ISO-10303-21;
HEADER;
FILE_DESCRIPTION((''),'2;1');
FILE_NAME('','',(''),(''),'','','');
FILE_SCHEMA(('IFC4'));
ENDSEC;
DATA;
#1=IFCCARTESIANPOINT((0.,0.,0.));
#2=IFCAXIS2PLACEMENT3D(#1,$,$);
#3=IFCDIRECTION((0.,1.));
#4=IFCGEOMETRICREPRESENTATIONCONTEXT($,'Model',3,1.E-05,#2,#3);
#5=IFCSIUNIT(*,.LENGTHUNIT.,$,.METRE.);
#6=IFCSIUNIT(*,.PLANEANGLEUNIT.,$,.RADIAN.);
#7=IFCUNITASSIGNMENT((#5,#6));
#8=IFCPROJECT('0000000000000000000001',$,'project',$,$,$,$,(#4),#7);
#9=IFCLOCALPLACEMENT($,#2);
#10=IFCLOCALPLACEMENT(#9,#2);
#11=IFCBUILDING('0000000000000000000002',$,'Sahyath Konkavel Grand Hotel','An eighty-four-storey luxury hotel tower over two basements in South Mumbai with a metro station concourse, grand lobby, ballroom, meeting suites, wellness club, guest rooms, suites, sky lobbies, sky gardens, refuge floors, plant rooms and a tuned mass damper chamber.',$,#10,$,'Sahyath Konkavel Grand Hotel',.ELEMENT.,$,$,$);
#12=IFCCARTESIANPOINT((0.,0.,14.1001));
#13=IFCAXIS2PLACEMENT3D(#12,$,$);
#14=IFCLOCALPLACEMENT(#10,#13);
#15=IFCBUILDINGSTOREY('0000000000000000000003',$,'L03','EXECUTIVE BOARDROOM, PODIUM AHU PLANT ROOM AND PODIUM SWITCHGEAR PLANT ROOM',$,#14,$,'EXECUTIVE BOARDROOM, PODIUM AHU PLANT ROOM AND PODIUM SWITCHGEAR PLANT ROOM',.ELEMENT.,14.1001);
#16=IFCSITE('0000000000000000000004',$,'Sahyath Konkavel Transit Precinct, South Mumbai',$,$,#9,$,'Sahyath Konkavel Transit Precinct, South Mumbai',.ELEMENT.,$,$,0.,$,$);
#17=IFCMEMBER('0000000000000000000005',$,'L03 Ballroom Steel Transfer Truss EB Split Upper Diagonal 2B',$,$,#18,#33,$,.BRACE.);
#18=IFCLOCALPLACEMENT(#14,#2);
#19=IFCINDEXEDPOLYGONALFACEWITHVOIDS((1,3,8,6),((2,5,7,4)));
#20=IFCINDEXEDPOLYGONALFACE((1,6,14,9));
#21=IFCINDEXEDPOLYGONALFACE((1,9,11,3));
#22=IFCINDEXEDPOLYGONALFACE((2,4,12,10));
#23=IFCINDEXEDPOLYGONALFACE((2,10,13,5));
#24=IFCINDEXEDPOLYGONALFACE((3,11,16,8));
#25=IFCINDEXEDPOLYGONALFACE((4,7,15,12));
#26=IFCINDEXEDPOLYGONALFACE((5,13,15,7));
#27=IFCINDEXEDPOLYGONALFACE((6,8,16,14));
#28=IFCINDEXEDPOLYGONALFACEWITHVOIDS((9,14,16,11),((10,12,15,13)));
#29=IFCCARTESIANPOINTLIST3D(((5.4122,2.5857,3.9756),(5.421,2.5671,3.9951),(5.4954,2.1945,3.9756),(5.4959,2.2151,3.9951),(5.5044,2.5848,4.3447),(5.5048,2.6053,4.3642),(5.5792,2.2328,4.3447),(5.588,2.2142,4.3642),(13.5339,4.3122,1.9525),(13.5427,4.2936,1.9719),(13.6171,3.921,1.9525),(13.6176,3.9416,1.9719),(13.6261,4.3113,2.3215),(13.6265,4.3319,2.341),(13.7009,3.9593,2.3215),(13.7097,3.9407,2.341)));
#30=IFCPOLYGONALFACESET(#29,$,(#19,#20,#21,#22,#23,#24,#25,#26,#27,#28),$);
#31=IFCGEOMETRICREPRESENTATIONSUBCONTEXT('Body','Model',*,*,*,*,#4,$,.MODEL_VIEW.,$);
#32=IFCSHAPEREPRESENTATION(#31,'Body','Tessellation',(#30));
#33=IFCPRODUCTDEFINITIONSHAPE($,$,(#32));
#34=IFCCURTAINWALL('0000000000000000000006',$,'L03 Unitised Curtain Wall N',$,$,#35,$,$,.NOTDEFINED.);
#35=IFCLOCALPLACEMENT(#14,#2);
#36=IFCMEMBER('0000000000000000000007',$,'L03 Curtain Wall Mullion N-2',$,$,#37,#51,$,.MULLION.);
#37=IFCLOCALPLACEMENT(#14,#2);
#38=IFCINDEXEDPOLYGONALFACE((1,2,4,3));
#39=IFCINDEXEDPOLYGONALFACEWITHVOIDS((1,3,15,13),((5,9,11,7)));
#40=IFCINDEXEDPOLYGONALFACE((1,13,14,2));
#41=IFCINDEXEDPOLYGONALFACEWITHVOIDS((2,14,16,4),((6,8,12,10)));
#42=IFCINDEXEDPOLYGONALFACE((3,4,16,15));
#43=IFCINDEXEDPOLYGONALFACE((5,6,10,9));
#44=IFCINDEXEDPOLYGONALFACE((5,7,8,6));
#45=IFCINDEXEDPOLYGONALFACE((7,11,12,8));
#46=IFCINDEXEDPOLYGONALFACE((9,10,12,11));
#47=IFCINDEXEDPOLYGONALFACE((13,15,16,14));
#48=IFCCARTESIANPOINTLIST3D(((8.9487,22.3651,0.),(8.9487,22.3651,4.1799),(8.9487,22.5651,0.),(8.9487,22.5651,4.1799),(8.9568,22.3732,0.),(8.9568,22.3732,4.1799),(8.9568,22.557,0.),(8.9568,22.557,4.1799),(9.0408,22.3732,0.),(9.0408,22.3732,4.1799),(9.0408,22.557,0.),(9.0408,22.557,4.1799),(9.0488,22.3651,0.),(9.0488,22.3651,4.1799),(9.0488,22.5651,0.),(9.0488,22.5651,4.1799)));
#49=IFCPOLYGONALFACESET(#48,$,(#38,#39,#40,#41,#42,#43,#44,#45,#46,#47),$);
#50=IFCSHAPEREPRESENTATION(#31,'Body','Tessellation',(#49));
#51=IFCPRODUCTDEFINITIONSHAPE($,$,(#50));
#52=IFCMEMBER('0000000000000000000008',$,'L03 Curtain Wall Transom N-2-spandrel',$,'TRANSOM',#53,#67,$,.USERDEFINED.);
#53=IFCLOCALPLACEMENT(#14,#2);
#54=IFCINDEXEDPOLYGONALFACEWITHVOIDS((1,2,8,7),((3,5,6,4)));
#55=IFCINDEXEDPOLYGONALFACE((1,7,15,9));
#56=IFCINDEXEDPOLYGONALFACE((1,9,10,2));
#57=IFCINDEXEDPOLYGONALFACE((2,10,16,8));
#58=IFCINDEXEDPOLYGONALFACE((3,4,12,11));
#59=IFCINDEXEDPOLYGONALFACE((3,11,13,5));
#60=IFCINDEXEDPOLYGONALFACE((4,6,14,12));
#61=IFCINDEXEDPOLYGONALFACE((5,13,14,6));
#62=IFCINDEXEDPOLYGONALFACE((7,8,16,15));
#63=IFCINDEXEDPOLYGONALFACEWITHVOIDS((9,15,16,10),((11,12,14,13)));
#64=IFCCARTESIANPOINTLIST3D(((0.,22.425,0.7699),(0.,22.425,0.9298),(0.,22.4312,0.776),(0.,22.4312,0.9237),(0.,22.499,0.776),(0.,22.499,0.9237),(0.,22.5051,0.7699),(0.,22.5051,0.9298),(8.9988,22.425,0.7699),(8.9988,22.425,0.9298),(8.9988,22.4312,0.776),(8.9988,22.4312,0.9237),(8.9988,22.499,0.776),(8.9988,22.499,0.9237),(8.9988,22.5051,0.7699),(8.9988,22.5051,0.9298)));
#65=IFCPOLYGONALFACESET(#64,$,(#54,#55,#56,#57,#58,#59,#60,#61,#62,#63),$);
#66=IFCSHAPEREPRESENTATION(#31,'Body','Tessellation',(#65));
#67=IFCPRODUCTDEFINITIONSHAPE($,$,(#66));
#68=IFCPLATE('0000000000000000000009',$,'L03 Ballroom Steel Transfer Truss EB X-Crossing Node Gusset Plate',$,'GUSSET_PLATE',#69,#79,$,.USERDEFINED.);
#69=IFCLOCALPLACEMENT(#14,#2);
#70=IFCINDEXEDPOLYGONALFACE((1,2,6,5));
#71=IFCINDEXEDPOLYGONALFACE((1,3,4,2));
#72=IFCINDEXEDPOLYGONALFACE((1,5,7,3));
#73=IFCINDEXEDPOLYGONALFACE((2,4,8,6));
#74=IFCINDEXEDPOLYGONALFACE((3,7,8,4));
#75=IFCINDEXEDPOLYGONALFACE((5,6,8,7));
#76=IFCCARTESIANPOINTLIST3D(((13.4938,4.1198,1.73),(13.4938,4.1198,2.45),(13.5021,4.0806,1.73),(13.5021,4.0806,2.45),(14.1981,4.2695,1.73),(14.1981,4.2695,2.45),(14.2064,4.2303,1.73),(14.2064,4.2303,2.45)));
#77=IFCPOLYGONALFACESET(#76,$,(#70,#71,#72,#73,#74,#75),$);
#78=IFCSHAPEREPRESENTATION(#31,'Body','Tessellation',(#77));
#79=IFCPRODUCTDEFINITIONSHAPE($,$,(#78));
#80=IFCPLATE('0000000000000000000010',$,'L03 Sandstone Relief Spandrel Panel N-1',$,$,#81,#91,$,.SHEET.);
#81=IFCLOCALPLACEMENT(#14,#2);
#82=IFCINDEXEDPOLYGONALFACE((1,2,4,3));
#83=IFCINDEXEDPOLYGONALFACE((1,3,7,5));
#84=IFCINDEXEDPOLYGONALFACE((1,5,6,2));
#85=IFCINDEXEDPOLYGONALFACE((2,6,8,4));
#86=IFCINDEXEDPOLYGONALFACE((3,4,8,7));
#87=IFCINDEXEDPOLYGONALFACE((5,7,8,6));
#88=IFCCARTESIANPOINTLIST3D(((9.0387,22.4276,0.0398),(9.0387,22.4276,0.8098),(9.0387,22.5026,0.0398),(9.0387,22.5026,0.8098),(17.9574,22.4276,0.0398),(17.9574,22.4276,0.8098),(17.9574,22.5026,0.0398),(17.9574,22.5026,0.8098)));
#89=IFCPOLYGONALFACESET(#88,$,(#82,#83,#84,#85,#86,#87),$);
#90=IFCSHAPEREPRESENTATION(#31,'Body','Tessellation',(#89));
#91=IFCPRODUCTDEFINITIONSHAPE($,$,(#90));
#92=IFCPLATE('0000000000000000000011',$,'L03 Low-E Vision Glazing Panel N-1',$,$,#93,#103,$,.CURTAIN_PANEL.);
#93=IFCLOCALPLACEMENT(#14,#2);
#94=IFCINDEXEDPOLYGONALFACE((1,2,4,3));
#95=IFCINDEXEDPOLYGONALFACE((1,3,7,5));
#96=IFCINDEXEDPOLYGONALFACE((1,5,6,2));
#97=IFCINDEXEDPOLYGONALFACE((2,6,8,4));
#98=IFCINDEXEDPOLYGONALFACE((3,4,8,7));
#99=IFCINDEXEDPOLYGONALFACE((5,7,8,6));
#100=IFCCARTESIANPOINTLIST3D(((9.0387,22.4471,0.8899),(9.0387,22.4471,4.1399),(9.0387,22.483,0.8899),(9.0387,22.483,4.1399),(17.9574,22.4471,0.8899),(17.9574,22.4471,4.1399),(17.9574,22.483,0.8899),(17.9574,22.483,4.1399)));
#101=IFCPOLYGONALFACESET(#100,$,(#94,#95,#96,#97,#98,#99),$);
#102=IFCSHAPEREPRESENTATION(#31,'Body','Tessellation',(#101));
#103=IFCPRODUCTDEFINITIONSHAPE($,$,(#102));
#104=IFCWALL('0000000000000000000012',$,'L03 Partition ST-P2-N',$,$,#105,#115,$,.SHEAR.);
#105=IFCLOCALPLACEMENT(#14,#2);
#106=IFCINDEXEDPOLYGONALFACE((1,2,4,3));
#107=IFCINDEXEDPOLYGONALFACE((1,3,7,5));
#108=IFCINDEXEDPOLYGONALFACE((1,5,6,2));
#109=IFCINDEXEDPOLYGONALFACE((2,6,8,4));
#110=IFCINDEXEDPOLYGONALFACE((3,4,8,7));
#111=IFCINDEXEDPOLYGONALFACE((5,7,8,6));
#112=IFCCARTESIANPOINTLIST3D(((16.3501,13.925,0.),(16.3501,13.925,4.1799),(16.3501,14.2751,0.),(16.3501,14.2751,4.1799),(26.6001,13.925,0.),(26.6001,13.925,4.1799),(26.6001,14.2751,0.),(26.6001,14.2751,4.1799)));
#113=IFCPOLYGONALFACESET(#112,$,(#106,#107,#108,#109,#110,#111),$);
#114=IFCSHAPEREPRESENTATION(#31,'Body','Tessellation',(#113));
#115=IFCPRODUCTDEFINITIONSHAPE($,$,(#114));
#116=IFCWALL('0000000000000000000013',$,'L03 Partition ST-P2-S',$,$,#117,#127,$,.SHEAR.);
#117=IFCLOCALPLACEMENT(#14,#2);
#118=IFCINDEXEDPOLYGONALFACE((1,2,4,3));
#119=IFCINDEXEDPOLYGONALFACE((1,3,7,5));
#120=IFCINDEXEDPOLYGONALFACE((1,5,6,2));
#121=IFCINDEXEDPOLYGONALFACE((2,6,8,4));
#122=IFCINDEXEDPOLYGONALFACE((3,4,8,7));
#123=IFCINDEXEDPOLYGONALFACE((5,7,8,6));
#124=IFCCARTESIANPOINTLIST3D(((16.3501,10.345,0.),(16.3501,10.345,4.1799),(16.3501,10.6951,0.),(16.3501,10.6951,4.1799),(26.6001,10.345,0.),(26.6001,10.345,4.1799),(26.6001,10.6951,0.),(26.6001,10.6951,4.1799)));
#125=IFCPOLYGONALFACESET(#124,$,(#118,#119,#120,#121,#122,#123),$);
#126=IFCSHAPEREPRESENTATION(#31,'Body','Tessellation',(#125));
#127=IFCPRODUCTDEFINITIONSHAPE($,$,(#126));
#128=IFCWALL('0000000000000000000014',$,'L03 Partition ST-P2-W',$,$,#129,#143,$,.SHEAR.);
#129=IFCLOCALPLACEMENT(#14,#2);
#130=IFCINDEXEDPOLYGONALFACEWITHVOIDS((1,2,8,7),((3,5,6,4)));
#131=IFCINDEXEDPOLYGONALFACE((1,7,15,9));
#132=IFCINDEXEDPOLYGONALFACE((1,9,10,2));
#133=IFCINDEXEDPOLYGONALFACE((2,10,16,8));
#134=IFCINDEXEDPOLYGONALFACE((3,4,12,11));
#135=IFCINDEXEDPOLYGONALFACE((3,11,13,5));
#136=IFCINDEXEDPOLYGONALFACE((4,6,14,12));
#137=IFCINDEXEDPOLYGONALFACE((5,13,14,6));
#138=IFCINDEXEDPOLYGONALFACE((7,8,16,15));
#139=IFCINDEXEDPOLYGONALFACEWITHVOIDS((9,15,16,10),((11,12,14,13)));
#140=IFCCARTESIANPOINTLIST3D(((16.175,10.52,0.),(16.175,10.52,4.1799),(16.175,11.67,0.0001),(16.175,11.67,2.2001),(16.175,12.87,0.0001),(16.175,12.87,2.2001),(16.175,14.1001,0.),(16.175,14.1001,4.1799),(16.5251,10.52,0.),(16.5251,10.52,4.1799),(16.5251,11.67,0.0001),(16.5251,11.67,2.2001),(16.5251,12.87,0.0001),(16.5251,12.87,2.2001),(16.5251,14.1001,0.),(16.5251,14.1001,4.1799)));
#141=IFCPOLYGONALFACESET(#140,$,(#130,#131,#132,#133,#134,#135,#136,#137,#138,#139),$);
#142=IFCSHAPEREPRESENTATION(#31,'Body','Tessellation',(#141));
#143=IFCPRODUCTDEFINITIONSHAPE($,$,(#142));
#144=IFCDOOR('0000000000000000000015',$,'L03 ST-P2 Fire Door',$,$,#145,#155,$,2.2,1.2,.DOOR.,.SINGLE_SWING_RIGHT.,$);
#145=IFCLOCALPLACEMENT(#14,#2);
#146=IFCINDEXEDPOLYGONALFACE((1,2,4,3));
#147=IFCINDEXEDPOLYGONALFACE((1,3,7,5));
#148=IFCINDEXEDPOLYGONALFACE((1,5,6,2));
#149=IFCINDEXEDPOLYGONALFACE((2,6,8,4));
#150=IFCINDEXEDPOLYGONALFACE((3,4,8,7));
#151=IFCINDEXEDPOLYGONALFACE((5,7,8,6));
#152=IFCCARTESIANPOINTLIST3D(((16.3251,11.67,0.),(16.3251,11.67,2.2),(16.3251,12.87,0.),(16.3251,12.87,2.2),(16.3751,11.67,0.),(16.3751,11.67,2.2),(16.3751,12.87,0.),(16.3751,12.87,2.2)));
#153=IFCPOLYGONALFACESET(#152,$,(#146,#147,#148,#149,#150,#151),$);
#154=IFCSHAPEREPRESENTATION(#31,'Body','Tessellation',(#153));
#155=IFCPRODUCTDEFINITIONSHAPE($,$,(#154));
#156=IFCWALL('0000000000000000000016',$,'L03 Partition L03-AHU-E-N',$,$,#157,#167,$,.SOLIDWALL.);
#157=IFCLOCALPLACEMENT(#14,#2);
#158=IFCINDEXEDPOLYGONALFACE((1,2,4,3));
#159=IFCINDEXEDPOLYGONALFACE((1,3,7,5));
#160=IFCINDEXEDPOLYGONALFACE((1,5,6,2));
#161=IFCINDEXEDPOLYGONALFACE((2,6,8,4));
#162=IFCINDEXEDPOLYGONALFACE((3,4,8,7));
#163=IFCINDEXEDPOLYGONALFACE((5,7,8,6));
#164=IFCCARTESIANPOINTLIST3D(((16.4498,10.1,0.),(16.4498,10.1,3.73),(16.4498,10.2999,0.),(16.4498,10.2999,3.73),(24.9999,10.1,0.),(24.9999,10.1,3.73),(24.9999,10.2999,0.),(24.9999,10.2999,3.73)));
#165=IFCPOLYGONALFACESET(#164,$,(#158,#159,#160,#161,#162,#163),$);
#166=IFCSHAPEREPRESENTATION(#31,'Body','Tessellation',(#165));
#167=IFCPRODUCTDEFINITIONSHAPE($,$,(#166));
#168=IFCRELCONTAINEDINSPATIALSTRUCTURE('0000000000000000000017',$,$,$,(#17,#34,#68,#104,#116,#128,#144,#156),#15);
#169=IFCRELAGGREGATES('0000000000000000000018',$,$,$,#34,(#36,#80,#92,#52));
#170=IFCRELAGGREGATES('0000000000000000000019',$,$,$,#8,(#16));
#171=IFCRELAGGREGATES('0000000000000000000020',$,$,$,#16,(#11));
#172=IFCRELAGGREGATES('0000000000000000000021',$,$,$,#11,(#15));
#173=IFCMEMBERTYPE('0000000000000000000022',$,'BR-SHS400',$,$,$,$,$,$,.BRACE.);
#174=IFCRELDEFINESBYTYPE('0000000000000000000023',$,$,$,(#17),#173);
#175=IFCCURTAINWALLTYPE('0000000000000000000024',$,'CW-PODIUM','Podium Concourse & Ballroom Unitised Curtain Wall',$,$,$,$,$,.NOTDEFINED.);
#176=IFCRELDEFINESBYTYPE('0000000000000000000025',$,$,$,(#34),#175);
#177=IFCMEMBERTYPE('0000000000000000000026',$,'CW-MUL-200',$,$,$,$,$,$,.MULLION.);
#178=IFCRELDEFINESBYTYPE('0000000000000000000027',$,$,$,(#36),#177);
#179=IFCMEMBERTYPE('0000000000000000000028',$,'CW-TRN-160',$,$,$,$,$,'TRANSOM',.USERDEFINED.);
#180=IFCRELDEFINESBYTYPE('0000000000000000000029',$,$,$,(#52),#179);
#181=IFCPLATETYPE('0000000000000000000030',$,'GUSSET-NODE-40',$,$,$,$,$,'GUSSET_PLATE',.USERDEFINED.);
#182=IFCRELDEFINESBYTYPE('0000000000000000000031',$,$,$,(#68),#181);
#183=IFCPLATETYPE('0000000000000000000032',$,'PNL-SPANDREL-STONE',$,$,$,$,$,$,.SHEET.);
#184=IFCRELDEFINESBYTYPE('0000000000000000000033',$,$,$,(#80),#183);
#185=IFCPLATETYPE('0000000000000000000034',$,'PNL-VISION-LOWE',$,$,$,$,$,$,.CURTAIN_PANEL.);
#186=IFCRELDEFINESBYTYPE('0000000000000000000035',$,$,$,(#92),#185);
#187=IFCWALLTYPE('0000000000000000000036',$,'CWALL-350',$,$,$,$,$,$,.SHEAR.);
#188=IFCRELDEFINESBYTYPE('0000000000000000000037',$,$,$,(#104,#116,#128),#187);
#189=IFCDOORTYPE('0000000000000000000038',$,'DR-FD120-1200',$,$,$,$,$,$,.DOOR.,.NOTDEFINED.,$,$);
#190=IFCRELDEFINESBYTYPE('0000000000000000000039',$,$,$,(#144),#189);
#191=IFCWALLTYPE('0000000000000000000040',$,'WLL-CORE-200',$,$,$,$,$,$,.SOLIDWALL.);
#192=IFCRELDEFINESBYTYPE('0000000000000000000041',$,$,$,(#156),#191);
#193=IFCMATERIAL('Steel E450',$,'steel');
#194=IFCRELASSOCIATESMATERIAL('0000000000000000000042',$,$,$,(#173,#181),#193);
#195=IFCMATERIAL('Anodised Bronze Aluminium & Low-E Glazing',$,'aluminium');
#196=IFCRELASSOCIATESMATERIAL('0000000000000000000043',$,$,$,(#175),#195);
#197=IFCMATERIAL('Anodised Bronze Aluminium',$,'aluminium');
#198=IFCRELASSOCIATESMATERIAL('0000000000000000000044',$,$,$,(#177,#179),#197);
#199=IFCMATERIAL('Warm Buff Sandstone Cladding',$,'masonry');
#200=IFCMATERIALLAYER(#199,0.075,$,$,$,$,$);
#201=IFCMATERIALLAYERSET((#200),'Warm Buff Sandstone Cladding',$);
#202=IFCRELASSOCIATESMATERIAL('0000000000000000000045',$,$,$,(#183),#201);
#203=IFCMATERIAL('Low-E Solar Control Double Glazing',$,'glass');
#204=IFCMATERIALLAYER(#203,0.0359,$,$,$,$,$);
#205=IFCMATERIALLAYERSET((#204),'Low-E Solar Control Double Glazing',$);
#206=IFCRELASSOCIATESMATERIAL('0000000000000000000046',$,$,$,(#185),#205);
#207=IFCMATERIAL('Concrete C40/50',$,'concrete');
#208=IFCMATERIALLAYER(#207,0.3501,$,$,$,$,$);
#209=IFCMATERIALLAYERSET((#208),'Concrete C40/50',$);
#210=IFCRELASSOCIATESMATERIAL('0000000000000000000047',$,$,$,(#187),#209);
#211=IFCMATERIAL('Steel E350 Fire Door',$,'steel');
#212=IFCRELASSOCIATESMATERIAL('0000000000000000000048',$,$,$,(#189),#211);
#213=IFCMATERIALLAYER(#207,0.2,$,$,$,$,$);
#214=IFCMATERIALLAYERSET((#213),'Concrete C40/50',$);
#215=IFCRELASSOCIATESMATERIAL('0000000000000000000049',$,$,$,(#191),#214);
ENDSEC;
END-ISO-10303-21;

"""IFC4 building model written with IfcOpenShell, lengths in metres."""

from ifc_helpers import new_model, si_unit, direction, frame, frame_2d, origin, origin_2d, place, context, subcontext, project, spatial, rectangle, hollow_rectangle, extrude, source, transform, mapped, material, layer, layer_set, material_profile, profile_set, type_object, element, fill, aggregate, save


model = new_model("IFC4")

# Units and contexts
model_context = context("Model", 3, precision=1e-05, world=origin(), true_north=direction((0.0, 1.0)))
body_context = subcontext(model_context, "Body", "Model", "MODEL_VIEW")
ifc_project = project(units=[si_unit("LENGTHUNIT", "METRE"), si_unit("PLANEANGLEUNIT", "RADIAN")], contexts=[model_context])

# Site, building, storey
site_placement = place(None, origin())
site = spatial("IfcSite", under=ifc_project, at=site_placement, Name="Sahyath Konkavel Transit Precinct, South Mumbai", LongName="Sahyath Konkavel Transit Precinct, South Mumbai", CompositionType="ELEMENT", RefElevation=0.0)
building_placement = place(site_placement, origin())
building = spatial("IfcBuilding", under=site, at=building_placement, Name="Sahyath Konkavel Grand Hotel", Description="An eighty-four-storey luxury hotel tower over two basements in South Mumbai with a metro station concourse, grand lobby, ballroom, meeting suites, wellness club, guest rooms, suites, sky lobbies, sky gardens, refuge floors, plant rooms and a tuned mass damper chamber.", LongName="Sahyath Konkavel Grand Hotel", CompositionType="ELEMENT")
storey_placement = place(building_placement, frame((0.0, 0.0, 14.1001)))
storey = spatial("IfcBuildingStorey", under=building, at=storey_placement, Name="L03", Description="EXECUTIVE BOARDROOM, PODIUM AHU PLANT ROOM AND PODIUM SWITCHGEAR PLANT ROOM", LongName="EXECUTIVE BOARDROOM, PODIUM AHU PLANT ROOM AND PODIUM SWITCHGEAR PLANT ROOM", CompositionType="ELEMENT", Elevation=14.1001)

# Member
ifc_material_1 = material(Name="Steel E450", Category="steel")
ifc_material_profile_1 = material_profile(ifc_material_1, hollow_rectangle(XDim=0.3999, YDim=0.3999, WallThickness=0.02, at=origin_2d()), Name="SHS 400x400x20")
ifc_profile_set_1 = profile_set([ifc_material_profile_1], Name="Steel E450")
member_type_1 = type_object("IfcMemberType", Name="BR-SHS400", PredefinedType="BRACE", material=ifc_profile_set_1)
shared_shape_1 = source(origin(), body_context, "Body", "SweptSolid", [
    extrude(hollow_rectangle(XDim=0.3999, YDim=0.3999, WallThickness=0.02, at=origin_2d()), origin(), (0.0, 0.0, 1.0), 8.5461),
])
member_1_placement = place(storey_placement, frame((13.6218, 4.1265, 2.1467), z_axis=(-0.950338, -0.202026, 0.236735), x_axis=(0.207936, -0.978142, 0.0)))
element("IfcMember", 1, at=member_1_placement, inside=storey, type_object=member_type_1, Name="L03 Ballroom Steel Transfer Truss EB Split Upper Diagonal 2B", PredefinedType="BRACE", context=body_context, shape_type="MappedRepresentation", body=[
    mapped(shared_shape_1, transform((0.0, 0.0, 0.0), scale=1.0)),
])

# Curtain wall, members
ifc_material_2 = material(Name="Anodised Bronze Aluminium & Low-E Glazing", Category="aluminium")
curtain_wall_type = type_object("IfcCurtainWallType", Name="CW-PODIUM", Description="Podium Concourse & Ballroom Unitised Curtain Wall", PredefinedType="NOTDEFINED", material=ifc_material_2)
curtain_wall_placement = place(storey_placement, origin())
curtain_wall = element("IfcCurtainWall", 2, at=curtain_wall_placement, inside=storey, type_object=curtain_wall_type, Name="L03 Unitised Curtain Wall N", PredefinedType="NOTDEFINED")
ifc_material_3 = material(Name="Anodised Bronze Aluminium", Category="aluminium")
ifc_material_profile_2 = material_profile(ifc_material_3, hollow_rectangle(XDim=0.1001, YDim=0.2, WallThickness=0.0081, at=origin_2d()), Name="RHS 200x100x8")
ifc_profile_set_2 = profile_set([ifc_material_profile_2], Name="Anodised Bronze Aluminium")
member_type_2 = type_object("IfcMemberType", Name="CW-MUL-200", PredefinedType="MULLION", material=ifc_profile_set_2)
shared_shape_2 = source(origin(), body_context, "Body", "SweptSolid", [
    extrude(hollow_rectangle(XDim=0.1001, YDim=0.2, WallThickness=0.0081, at=origin_2d()), origin(), (0.0, 0.0, 1.0), 4.1799),
])
member_2_placement = place(storey_placement, frame((8.9988, 22.4651, 0.0), z_axis=(0.0, 0.0, 1.0), x_axis=(1.0, 0.0, 0.0)))
member_2 = element("IfcMember", 3, at=member_2_placement, type_object=member_type_2, Name="L03 Curtain Wall Mullion N-2", PredefinedType="MULLION", context=body_context, shape_type="MappedRepresentation", body=[
    mapped(shared_shape_2, transform((0.0, 0.0, 0.0), scale=1.0)),
])
ifc_material_profile_3 = material_profile(ifc_material_3, hollow_rectangle(XDim=0.0801, YDim=0.1599, WallThickness=0.0061, at=origin_2d()), Name="RHS 160x80x6")
ifc_profile_set_3 = profile_set([ifc_material_profile_3], Name="Anodised Bronze Aluminium")
member_type_3 = type_object("IfcMemberType", Name="CW-TRN-160", ElementType="TRANSOM", PredefinedType="USERDEFINED", material=ifc_profile_set_3)
shared_shape_3 = source(origin(), body_context, "Body", "SweptSolid", [
    extrude(hollow_rectangle(XDim=0.0801, YDim=0.1599, WallThickness=0.0061, at=origin_2d()), origin(), (0.0, 0.0, 1.0), 8.9988),
])
member_3_placement = place(storey_placement, frame((8.9988, 22.4651, 0.8499), z_axis=(-1.0, 0.0, 0.0), x_axis=(0.0, -1.0, 0.0)))
member_3 = element("IfcMember", 4, at=member_3_placement, type_object=member_type_3, Name="L03 Curtain Wall Transom N-2-spandrel", ObjectType="TRANSOM", PredefinedType="USERDEFINED", context=body_context, shape_type="MappedRepresentation", body=[
    mapped(shared_shape_3, transform((0.0, 0.0, 0.0), scale=1.0)),
])

# Plates
plate_type_1 = type_object("IfcPlateType", Name="GUSSET-NODE-40", ElementType="GUSSET_PLATE", PredefinedType="USERDEFINED", material=ifc_material_1)
shared_shape_4 = source(origin(), body_context, "Body", "SweptSolid", [
    extrude(rectangle(XDim=0.72, YDim=0.04, at=origin_2d()), origin(), (0.0, 0.0, 1.0), 0.72),
])
plate_1_placement = place(storey_placement, frame((13.8501, 4.175, 1.73), z_axis=(0.0, 0.0, 1.0), x_axis=(0.978144, 0.207929, 0.0)))
element("IfcPlate", 5, at=plate_1_placement, inside=storey, type_object=plate_type_1, Name="L03 Ballroom Steel Transfer Truss EB X-Crossing Node Gusset Plate", ObjectType="GUSSET_PLATE", PredefinedType="USERDEFINED", context=body_context, shape_type="MappedRepresentation", body=[
    mapped(shared_shape_4, transform((0.0, 0.0, 0.0), scale=1.0)),
])
ifc_material_4 = material(Name="Warm Buff Sandstone Cladding", Category="masonry")
ifc_layer_1 = layer(ifc_material_4, 0.075)
ifc_layer_set_1 = layer_set([ifc_layer_1], Name="Warm Buff Sandstone Cladding")
plate_type_2 = type_object("IfcPlateType", Name="PNL-SPANDREL-STONE", PredefinedType="SHEET", material=ifc_layer_set_1)
shared_shape_5 = source(origin(), body_context, "Body", "SweptSolid", [
    extrude(rectangle(XDim=8.9187, YDim=0.075, at=origin_2d()), origin(), (0.0, 0.0, 1.0), 0.77),
])
plate_2_placement = place(storey_placement, frame((13.498, 22.4651, 0.0398), z_axis=(0.0, 0.0, 1.0), x_axis=(-1.0, 0.0, 0.0)))
plate_2 = element("IfcPlate", 6, at=plate_2_placement, type_object=plate_type_2, Name="L03 Sandstone Relief Spandrel Panel N-1", PredefinedType="SHEET", context=body_context, shape_type="MappedRepresentation", body=[
    mapped(shared_shape_5, transform((0.0, 0.0, 0.0), scale=1.0)),
])
ifc_material_5 = material(Name="Low-E Solar Control Double Glazing", Category="glass")
ifc_layer_2 = layer(ifc_material_5, 0.0359)
ifc_layer_set_2 = layer_set([ifc_layer_2], Name="Low-E Solar Control Double Glazing")
plate_type_3 = type_object("IfcPlateType", Name="PNL-VISION-LOWE", PredefinedType="CURTAIN_PANEL", material=ifc_layer_set_2)
shared_shape_6 = source(origin(), body_context, "Body", "SweptSolid", [
    extrude(rectangle(XDim=8.9187, YDim=0.0359, at=origin_2d()), origin(), (0.0, 0.0, 1.0), 3.25),
])
plate_3_placement = place(storey_placement, frame((13.498, 22.4651, 0.8899), z_axis=(0.0, 0.0, 1.0), x_axis=(-1.0, 0.0, 0.0)))
plate_3 = element("IfcPlate", 7, at=plate_3_placement, type_object=plate_type_3, Name="L03 Low-E Vision Glazing Panel N-1", PredefinedType="CURTAIN_PANEL", context=body_context, shape_type="MappedRepresentation", body=[
    mapped(shared_shape_6, transform((0.0, 0.0, 0.0), scale=1.0)),
])
aggregate(curtain_wall, [member_2, plate_2, plate_3, member_3])

# Walls
ifc_material_6 = material(Name="Concrete C40/50", Category="concrete")
ifc_layer_3 = layer(ifc_material_6, 0.3501)
ifc_layer_set_3 = layer_set([ifc_layer_3], Name="Concrete C40/50")
wall_type_1 = type_object("IfcWallType", Name="CWALL-350", PredefinedType="SHEAR", material=ifc_layer_set_3)
for number, where, z_axis, x_axis, name in (
    (8, (16.3501, 14.1001, 0.0), (0.0, 0.0, 1.0), (1.0, 0.0, 0.0), "L03 Partition ST-P2-N"),
    (9, (16.3501, 10.52, 0.0), (0.0, 0.0, 1.0), (1.0, 0.0, 0.0), "L03 Partition ST-P2-S"),
):
    element("IfcWall", number, at=place(storey_placement, frame(where, z_axis=z_axis, x_axis=x_axis)), inside=storey, type_object=wall_type_1, Name=name, PredefinedType="SHEAR", context=body_context, shape_type="SweptSolid", body=[
        extrude(rectangle(XDim=10.25, YDim=0.3501, at=frame_2d((5.125, 0.0))), origin(), (0.0, 0.0, 1.0), 4.1799),
    ])

# Wall, opening, door
wall_1_placement = place(storey_placement, frame((16.3501, 10.52, 0.0), z_axis=(0.0, 0.0, 1.0), x_axis=(0.0, 1.0, 0.0)))
wall_1 = element("IfcWall", 10, at=wall_1_placement, inside=storey, type_object=wall_type_1, Name="L03 Partition ST-P2-W", PredefinedType="SHEAR", context=body_context, shape_type="SweptSolid", body=[
    extrude(rectangle(XDim=3.5801, YDim=0.3501, at=frame_2d((1.79, 0.0))), origin(), (0.0, 0.0, 1.0), 4.1799),
])
opening_1_placement = place(wall_1_placement, frame((1.1499, 0.0, 0.0)))
opening_1 = element("IfcOpeningElement", 11, at=opening_1_placement, cuts=wall_1, PredefinedType="OPENING", context=body_context, shape_type="SweptSolid", body=[
    extrude(rectangle(XDim=1.2, YDim=2.2, at=frame_2d((0.6001, 1.1001))), frame((0.0, 0.1851, 0.0), z_axis=(0.0, -1.0, 0.0), x_axis=(1.0, 0.0, 0.0)), (0.0, 0.0, 1.0), 0.3701),
])
ifc_material_7 = material(Name="Steel E350 Fire Door", Category="steel")
door_type_1 = type_object("IfcDoorType", Name="DR-FD120-1200", OperationType="NOTDEFINED", PredefinedType="DOOR", material=ifc_material_7)
shared_shape_7 = source(origin(), body_context, "Body", "SweptSolid", [
    extrude(rectangle(XDim=1.2, YDim=0.05, at=origin_2d()), origin(), (0.0, 0.0, 1.0), 2.2),
])
door_1_placement = place(opening_1_placement, frame((0.6001, 0.0, 0.0)))
door_1 = element("IfcDoor", 12, at=door_1_placement, inside=storey, type_object=door_type_1, Name="L03 ST-P2 Fire Door", OperationType="SINGLE_SWING_RIGHT", OverallHeight=2.2, OverallWidth=1.2, PredefinedType="DOOR", context=body_context, shape_type="MappedRepresentation", body=[
    mapped(shared_shape_7, transform((0.0, 0.0, 0.0), scale=1.0)),
])
fill(opening_1, door_1)

# Wall
ifc_layer_4 = layer(ifc_material_6, 0.2)
ifc_layer_set_4 = layer_set([ifc_layer_4], Name="Concrete C40/50")
wall_type_2 = type_object("IfcWallType", Name="WLL-CORE-200", PredefinedType="SOLIDWALL", material=ifc_layer_set_4)
wall_2_placement = place(storey_placement, frame((16.45, 10.2, 0.0), z_axis=(0.0, 0.0, 1.0), x_axis=(1.0, 0.0, 0.0)))
element("IfcWall", 13, at=wall_2_placement, inside=storey, type_object=wall_type_2, Name="L03 Partition L03-AHU-E-N", PredefinedType="SOLIDWALL", context=body_context, shape_type="SweptSolid", body=[
    extrude(rectangle(XDim=8.55, YDim=0.2, at=frame_2d((4.2749, 0.0))), origin(), (0.0, 0.0, 1.0), 3.73),
])

save(model, "model.ifc")
